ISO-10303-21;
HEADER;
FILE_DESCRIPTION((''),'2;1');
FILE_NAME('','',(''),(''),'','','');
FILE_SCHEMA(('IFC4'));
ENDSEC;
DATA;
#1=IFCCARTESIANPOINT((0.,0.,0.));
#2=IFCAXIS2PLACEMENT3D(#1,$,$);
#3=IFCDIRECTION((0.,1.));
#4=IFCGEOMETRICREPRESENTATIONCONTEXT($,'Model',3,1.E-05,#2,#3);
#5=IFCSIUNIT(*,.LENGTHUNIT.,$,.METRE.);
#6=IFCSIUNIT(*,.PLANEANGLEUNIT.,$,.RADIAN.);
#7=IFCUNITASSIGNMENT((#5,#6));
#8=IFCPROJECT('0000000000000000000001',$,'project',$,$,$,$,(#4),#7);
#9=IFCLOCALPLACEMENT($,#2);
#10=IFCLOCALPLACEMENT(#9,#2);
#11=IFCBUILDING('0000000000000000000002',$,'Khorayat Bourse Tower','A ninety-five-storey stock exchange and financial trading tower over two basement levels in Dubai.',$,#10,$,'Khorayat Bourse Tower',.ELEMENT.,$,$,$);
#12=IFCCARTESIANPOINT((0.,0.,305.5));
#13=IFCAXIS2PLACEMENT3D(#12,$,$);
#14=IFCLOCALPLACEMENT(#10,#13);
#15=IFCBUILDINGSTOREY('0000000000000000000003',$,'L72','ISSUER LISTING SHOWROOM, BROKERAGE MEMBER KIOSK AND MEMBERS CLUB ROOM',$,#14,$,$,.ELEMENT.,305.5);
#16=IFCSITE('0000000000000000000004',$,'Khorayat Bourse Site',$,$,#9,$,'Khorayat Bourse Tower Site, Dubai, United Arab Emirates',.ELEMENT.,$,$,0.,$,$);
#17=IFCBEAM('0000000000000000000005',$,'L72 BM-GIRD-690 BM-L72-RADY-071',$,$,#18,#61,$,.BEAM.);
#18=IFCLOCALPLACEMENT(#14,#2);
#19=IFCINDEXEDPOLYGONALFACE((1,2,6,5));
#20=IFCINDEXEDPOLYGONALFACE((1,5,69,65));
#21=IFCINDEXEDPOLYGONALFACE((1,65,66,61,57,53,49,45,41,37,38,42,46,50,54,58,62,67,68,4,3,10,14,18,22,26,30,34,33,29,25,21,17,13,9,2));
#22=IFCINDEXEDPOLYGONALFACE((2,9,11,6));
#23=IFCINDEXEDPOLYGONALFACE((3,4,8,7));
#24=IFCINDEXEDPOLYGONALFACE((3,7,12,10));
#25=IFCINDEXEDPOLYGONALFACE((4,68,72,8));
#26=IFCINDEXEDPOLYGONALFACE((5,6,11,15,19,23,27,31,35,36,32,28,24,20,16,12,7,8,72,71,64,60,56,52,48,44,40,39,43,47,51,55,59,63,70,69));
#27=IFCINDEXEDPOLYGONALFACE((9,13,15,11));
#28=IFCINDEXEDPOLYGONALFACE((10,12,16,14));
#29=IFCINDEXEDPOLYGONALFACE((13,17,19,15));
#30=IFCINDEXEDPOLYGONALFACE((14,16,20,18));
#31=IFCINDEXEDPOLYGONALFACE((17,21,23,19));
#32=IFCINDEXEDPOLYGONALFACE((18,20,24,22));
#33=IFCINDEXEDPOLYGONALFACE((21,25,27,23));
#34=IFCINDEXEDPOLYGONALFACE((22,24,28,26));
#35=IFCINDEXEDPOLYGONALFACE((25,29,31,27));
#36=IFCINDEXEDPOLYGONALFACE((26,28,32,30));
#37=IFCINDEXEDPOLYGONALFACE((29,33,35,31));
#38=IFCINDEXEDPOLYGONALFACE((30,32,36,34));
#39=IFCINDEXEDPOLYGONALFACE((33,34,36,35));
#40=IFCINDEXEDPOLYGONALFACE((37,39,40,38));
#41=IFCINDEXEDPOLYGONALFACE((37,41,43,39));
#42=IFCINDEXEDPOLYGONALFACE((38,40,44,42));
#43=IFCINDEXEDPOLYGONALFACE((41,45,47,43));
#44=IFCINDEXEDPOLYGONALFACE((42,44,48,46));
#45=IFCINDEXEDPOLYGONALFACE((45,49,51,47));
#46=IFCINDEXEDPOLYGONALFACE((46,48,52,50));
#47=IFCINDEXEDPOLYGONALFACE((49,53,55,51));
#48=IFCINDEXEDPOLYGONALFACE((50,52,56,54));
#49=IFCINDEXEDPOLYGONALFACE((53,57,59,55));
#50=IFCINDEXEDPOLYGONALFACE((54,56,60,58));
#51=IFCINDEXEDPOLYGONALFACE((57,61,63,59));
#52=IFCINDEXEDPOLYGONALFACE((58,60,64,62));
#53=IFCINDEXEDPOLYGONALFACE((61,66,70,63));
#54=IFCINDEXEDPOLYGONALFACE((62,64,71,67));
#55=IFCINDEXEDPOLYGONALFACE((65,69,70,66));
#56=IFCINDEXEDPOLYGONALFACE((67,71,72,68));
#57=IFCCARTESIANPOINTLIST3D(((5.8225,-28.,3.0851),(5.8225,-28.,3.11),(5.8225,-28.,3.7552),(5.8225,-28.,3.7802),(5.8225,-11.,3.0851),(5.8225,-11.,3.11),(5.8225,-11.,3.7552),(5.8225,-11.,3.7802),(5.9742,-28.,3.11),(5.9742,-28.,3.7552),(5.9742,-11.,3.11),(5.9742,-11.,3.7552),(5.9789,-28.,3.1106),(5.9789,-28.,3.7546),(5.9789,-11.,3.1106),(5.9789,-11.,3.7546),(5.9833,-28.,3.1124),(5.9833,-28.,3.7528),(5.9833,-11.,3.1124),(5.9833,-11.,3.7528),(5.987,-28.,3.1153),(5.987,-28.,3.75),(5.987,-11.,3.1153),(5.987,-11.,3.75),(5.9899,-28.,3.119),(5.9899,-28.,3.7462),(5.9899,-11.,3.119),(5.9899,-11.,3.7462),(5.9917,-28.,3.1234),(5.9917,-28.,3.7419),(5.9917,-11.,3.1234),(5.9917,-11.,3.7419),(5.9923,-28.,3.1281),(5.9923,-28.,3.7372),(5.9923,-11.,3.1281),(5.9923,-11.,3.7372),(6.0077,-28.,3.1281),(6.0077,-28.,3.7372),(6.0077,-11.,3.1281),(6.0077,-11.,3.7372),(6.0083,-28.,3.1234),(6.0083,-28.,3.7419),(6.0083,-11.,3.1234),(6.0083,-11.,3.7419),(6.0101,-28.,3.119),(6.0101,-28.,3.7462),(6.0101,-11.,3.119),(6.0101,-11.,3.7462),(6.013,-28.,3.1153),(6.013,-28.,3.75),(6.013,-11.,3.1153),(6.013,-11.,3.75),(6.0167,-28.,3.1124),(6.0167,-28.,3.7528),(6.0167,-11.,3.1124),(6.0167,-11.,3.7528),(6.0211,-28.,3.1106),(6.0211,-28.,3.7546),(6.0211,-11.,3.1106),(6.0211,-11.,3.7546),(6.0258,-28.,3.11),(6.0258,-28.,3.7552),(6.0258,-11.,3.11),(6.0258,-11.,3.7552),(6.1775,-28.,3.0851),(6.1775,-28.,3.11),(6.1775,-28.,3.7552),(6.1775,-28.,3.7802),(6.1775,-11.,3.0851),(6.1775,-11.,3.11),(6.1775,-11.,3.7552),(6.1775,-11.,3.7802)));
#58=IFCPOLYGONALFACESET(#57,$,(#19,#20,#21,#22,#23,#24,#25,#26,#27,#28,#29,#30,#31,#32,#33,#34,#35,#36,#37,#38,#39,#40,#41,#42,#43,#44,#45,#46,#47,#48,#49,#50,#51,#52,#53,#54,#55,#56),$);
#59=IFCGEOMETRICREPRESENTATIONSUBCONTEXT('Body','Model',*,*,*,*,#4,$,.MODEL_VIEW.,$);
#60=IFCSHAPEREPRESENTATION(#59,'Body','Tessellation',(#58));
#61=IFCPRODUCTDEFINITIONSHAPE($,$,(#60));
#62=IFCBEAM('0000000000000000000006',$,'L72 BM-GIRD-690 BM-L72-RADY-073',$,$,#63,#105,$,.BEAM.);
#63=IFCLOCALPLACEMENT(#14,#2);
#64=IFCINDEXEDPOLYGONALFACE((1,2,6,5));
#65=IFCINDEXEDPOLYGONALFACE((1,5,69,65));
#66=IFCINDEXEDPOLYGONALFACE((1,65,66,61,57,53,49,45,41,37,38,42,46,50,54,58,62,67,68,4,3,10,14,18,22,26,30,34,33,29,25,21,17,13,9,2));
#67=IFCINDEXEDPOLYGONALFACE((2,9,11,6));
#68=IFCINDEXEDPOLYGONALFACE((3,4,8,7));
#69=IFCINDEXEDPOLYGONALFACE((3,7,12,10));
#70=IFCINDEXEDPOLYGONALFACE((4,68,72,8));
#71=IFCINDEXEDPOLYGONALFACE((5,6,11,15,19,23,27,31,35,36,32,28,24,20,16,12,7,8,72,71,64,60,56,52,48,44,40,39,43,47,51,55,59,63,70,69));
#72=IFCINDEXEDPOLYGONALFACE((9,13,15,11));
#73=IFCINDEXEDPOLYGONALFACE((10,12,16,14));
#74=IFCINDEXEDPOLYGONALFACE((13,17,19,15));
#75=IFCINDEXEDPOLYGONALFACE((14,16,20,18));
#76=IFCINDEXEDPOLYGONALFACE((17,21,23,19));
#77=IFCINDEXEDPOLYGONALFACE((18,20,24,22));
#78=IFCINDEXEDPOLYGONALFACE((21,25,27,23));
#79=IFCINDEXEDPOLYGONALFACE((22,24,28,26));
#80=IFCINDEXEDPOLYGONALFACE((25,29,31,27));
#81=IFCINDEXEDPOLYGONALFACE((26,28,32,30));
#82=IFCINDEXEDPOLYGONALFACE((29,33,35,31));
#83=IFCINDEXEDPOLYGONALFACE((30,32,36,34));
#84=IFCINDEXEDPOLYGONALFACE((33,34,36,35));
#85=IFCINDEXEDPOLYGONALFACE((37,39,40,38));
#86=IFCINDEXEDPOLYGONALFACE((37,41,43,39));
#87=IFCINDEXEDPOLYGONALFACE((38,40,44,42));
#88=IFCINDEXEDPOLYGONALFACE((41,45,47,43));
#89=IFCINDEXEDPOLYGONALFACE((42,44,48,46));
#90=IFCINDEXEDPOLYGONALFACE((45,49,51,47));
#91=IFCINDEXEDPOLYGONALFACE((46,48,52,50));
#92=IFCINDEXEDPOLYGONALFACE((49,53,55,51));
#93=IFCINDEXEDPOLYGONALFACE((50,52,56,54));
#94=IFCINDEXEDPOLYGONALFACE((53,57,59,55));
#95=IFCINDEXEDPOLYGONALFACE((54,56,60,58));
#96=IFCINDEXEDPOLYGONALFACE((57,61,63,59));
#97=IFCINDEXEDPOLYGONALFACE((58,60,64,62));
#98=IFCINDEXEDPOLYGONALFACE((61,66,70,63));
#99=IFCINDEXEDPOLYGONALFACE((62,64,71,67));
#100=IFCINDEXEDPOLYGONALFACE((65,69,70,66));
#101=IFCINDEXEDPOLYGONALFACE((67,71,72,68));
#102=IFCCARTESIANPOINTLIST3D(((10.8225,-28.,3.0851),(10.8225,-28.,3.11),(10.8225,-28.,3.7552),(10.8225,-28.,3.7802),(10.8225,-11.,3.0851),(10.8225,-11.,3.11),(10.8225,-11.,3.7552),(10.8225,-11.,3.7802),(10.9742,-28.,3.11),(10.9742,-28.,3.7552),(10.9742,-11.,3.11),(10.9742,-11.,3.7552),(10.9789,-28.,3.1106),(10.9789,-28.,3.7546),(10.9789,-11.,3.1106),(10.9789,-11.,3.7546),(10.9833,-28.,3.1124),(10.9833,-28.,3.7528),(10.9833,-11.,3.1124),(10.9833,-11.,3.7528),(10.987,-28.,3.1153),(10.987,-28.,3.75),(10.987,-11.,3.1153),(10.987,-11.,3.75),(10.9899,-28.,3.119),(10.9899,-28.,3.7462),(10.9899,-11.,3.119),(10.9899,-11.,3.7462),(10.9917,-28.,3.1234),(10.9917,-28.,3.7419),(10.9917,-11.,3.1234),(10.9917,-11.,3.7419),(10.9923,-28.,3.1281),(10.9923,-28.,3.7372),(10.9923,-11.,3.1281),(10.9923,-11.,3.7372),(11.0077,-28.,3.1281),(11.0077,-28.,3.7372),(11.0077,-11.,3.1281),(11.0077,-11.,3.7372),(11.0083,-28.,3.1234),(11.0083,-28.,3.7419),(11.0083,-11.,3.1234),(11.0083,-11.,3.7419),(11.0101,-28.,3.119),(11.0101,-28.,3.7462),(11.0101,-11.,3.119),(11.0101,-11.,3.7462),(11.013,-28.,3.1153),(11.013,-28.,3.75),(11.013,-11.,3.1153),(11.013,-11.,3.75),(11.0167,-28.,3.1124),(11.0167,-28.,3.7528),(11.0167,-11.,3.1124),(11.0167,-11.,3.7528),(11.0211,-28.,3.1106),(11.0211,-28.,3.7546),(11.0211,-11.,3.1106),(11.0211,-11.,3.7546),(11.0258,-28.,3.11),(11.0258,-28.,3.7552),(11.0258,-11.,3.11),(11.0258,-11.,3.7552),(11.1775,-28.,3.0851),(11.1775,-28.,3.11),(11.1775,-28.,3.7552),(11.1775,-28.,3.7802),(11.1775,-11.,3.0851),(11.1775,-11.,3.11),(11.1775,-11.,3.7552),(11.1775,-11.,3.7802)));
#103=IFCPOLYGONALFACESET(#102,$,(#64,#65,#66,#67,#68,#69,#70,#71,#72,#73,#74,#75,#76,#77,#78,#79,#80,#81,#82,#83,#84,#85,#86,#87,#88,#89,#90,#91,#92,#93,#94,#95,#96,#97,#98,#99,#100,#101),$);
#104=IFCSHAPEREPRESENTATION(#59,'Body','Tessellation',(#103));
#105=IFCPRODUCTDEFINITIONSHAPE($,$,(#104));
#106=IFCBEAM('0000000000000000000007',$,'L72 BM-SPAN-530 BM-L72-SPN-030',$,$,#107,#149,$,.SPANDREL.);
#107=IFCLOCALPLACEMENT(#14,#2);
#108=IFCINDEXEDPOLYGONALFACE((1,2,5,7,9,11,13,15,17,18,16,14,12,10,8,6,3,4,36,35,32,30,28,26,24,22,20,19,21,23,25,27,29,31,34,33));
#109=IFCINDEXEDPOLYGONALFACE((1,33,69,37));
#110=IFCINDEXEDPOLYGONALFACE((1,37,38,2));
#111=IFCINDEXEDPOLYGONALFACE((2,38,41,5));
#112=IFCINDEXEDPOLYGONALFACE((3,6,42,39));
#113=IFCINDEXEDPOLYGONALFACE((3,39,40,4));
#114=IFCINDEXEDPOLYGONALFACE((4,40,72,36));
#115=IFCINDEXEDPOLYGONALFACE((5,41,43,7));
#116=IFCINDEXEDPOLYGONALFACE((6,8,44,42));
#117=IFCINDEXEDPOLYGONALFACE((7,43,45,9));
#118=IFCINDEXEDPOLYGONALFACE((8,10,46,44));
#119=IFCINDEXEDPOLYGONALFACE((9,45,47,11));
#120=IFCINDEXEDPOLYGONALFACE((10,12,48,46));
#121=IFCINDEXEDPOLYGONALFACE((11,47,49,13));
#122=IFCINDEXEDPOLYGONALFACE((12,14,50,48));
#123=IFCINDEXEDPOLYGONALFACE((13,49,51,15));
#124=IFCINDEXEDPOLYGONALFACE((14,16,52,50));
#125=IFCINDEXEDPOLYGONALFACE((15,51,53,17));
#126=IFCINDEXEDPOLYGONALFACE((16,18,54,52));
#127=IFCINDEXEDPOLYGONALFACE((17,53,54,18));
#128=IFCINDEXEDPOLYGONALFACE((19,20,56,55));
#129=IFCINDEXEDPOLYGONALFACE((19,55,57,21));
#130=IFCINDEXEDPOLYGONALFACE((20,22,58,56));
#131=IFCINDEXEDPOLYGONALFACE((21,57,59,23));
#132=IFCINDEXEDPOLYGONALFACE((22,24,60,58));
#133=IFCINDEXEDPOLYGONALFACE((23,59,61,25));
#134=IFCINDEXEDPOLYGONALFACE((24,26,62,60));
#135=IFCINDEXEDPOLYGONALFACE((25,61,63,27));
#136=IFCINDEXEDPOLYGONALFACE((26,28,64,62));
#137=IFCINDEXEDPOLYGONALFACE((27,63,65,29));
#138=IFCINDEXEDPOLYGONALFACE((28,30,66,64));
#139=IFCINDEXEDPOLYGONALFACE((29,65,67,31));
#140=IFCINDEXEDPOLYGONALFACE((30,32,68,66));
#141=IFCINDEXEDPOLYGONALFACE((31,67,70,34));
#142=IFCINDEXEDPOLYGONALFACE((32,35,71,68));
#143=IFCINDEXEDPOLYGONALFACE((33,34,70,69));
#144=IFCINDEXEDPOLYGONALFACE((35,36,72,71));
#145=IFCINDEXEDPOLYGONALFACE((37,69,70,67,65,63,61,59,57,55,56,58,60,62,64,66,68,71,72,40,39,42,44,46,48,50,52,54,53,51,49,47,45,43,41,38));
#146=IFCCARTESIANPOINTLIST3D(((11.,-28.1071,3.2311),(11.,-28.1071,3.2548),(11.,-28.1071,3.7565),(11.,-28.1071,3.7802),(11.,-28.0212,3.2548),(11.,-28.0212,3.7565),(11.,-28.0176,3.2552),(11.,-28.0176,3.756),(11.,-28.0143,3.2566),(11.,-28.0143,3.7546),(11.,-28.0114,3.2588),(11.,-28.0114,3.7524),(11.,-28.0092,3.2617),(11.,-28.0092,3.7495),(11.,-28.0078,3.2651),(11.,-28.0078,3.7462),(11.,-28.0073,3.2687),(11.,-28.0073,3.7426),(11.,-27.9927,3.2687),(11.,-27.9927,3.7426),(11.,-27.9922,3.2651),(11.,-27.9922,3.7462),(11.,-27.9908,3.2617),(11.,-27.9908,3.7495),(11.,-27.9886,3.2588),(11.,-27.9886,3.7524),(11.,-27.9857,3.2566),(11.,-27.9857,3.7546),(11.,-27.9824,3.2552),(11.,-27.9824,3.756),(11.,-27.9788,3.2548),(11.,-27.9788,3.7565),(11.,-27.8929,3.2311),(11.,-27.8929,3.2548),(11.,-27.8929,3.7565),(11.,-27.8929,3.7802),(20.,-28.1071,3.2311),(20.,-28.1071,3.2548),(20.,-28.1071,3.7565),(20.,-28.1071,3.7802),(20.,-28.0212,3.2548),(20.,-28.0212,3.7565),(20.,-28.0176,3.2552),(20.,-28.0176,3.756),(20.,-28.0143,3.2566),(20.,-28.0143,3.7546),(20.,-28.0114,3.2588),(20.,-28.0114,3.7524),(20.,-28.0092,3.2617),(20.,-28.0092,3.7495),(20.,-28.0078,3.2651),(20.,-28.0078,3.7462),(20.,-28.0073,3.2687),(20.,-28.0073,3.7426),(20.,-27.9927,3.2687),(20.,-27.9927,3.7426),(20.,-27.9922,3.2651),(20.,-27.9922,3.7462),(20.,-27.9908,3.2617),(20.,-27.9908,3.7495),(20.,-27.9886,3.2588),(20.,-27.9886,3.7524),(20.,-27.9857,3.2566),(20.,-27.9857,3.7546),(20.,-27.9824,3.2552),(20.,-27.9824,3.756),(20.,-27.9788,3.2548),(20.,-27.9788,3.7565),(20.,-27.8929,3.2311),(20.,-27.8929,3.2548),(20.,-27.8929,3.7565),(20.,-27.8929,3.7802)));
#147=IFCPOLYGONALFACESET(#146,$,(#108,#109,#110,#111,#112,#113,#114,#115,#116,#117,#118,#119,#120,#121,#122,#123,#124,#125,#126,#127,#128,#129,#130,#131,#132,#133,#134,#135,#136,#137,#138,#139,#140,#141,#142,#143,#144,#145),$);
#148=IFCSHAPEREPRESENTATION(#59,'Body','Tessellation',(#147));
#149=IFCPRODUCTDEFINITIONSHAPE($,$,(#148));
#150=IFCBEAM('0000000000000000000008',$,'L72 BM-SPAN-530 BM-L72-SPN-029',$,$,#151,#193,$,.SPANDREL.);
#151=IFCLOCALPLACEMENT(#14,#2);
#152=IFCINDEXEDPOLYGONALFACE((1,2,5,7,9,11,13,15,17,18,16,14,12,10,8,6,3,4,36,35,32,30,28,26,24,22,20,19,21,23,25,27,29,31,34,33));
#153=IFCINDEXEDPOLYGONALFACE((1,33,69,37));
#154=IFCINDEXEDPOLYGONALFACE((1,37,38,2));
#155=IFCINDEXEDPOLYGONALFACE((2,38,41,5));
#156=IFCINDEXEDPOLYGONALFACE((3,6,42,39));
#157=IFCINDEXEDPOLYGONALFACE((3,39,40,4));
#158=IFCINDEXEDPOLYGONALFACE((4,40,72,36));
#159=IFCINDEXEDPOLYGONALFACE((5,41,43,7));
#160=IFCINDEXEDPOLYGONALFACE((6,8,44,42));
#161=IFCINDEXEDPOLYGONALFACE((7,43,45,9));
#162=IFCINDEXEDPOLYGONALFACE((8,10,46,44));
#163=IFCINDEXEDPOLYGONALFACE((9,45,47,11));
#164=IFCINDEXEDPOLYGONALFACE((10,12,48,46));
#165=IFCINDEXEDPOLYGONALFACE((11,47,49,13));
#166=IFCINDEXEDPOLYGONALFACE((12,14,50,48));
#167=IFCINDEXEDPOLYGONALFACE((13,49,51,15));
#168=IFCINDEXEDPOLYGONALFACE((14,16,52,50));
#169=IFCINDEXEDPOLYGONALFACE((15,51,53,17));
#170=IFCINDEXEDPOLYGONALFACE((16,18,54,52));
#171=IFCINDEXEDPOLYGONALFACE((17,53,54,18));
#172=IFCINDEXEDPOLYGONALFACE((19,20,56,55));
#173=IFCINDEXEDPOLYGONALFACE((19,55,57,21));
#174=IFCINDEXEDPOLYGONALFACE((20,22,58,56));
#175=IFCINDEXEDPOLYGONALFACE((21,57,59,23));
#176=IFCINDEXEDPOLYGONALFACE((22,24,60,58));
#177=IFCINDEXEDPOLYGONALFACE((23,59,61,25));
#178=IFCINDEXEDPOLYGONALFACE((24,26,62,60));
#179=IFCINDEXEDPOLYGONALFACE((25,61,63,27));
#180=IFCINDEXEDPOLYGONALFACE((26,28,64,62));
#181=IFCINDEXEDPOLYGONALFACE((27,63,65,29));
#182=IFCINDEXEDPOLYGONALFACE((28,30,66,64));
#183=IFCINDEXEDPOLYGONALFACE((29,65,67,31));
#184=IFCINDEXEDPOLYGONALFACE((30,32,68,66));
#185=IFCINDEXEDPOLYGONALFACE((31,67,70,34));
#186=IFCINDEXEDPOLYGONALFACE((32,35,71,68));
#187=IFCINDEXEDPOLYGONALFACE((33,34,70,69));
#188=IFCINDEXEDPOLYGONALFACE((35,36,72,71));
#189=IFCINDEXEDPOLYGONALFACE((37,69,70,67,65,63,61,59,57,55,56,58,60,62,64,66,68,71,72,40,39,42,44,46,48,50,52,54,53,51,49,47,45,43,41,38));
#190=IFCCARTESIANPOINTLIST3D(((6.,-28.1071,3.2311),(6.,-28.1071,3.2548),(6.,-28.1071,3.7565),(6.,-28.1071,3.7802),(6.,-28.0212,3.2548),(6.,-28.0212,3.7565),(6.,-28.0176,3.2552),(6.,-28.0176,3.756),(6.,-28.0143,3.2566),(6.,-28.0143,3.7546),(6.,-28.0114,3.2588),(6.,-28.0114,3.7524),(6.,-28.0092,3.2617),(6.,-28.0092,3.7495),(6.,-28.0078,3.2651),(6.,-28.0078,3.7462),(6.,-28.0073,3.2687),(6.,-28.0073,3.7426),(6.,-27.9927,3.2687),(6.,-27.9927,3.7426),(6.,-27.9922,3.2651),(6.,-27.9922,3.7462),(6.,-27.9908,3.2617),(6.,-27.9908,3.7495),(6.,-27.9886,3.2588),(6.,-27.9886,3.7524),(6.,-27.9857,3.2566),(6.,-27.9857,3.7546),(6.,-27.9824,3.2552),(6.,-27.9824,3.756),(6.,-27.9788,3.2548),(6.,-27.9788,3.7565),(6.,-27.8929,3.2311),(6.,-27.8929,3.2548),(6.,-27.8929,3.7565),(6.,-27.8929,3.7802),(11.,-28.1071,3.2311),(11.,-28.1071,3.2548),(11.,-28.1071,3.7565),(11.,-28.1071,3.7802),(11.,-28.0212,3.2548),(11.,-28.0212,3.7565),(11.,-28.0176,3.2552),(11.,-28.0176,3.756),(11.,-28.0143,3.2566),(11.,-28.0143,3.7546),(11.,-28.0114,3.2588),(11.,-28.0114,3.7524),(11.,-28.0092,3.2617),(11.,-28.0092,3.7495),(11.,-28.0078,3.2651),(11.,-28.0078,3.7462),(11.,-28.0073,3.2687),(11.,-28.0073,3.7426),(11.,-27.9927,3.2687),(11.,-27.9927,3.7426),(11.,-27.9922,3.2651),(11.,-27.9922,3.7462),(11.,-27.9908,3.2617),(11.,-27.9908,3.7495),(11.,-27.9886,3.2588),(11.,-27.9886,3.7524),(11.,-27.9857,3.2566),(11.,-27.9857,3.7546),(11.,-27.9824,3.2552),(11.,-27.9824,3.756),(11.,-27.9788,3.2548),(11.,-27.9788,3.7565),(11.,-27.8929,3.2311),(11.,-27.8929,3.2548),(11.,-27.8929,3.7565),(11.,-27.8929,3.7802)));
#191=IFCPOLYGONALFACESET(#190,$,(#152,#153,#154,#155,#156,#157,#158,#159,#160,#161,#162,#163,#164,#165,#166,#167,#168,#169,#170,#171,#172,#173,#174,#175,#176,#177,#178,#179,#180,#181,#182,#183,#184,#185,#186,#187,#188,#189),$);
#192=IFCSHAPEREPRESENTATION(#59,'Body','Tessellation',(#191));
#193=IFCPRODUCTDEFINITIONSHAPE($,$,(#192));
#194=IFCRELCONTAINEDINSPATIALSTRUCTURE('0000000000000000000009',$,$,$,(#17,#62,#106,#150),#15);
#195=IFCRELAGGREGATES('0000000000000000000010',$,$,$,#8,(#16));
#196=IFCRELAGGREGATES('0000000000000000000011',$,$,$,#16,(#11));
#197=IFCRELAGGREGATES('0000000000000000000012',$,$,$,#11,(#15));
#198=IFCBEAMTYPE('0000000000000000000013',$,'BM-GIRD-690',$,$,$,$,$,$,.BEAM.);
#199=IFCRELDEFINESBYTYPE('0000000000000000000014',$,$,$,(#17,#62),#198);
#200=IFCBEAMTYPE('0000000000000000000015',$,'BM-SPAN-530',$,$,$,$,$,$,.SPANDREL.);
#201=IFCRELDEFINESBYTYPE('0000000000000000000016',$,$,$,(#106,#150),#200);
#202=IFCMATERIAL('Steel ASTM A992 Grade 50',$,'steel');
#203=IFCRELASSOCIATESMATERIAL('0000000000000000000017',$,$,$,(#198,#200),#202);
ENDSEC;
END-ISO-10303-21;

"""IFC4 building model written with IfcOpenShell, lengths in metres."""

from ifc_helpers import new_model, si_unit, direction, frame, origin, origin_2d, place, context, subcontext, project, spatial, i_section, extrude, source, transform, mapped, material, material_profile, profile_set, type_object, element, save


model = new_model("IFC4")

# Units and contexts
model_context = context("Model", 3, precision=1e-05, world=origin(), true_north=direction((0.0, 1.0)))
body_context = subcontext(model_context, "Body", "Model", "MODEL_VIEW")
ifc_project = project(units=[si_unit("LENGTHUNIT", "METRE"), si_unit("PLANEANGLEUNIT", "RADIAN")], contexts=[model_context])

# Site, building, storey
site_placement = place(None, origin())
site = spatial("IfcSite", under=ifc_project, at=site_placement, Name="Khorayat Bourse Site", LongName="Khorayat Bourse Tower Site, Dubai, United Arab Emirates", CompositionType="ELEMENT", RefElevation=0.0)
building_placement = place(site_placement, origin())
building = spatial("IfcBuilding", under=site, at=building_placement, Name="Khorayat Bourse Tower", Description="A ninety-five-storey stock exchange and financial trading tower over two basement levels in Dubai.", LongName="Khorayat Bourse Tower", CompositionType="ELEMENT")
storey_placement = place(building_placement, frame((0.0, 0.0, 305.5)))
storey = spatial("IfcBuildingStorey", under=building, at=storey_placement, Name="L72", Description="ISSUER LISTING SHOWROOM, BROKERAGE MEMBER KIOSK AND MEMBERS CLUB ROOM", CompositionType="ELEMENT", Elevation=305.5)

# Shared definitions
ifc_material_1 = material(Name="Steel ASTM A992 Grade 50", Category="steel")
ifc_material_profile_1 = material_profile(ifc_material_1, i_section(OverallWidth=0.355, OverallDepth=0.6951, WebThickness=0.0154, FlangeThickness=0.0249, FilletRadius=0.0181, at=origin_2d()), Name="W690X217")
ifc_profile_set_1 = profile_set([ifc_material_profile_1], Name="Steel ASTM A992 Grade 50")
beam_type_1 = type_object("IfcBeamType", Name="BM-GIRD-690", PredefinedType="BEAM", material=ifc_profile_set_1)

# Beams
shared_shape_1 = source(origin(), body_context, "Body", "SweptSolid", [
    extrude(i_section(OverallWidth=0.355, OverallDepth=0.6951, WebThickness=0.0154, FlangeThickness=0.0249, FilletRadius=0.0181, at=origin_2d()), origin(), (0.0, 0.0, 1.0), 17.0),
])
for number, where, z_axis, x_axis, name in (
    (1, (6.0, -28.0, 3.4326), (0.0, 1.0, 0.0), (-1.0, 0.0, 0.0), "L72 BM-GIRD-690 BM-L72-RADY-071"),
    (2, (11.0, -28.0, 3.4326), (0.0, 1.0, 0.0), (-1.0, 0.0, 0.0), "L72 BM-GIRD-690 BM-L72-RADY-073"),
):
    element("IfcBeam", number, at=place(storey_placement, frame(where, z_axis=z_axis, x_axis=x_axis)), inside=storey, type_object=beam_type_1, Name=name, PredefinedType="BEAM", context=body_context, shape_type="MappedRepresentation", body=[
        mapped(shared_shape_1, transform((0.0, 0.0, 0.0), scale=1.0)),
    ])
ifc_material_profile_2 = material_profile(ifc_material_1, i_section(OverallWidth=0.2141, OverallDepth=0.5491, WebThickness=0.0146, FlangeThickness=0.0237, FilletRadius=0.0139, at=origin_2d()), Name="W530X138")
ifc_profile_set_2 = profile_set([ifc_material_profile_2], Name="Steel ASTM A992 Grade 50")
beam_type_2 = type_object("IfcBeamType", Name="BM-SPAN-530", PredefinedType="SPANDREL", material=ifc_profile_set_2)
shared_shape_2 = source(origin(), body_context, "Body", "SweptSolid", [
    extrude(i_section(OverallWidth=0.2141, OverallDepth=0.5491, WebThickness=0.0146, FlangeThickness=0.0237, FilletRadius=0.0139, at=origin_2d()), origin(), (0.0, 0.0, 1.0), 9.0),
])
beam_1_placement = place(storey_placement, frame((11.0, -28.0, 3.5056), z_axis=(1.0, 0.0, 0.0), x_axis=(0.0, 1.0, 0.0)))
element("IfcBeam", 3, at=beam_1_placement, inside=storey, type_object=beam_type_2, Name="L72 BM-SPAN-530 BM-L72-SPN-030", PredefinedType="SPANDREL", context=body_context, shape_type="MappedRepresentation", body=[
    mapped(shared_shape_2, transform((0.0, 0.0, 0.0), scale=1.0)),
])
shared_shape_3 = source(origin(), body_context, "Body", "SweptSolid", [
    extrude(i_section(OverallWidth=0.2141, OverallDepth=0.5491, WebThickness=0.0146, FlangeThickness=0.0237, FilletRadius=0.0139, at=origin_2d()), origin(), (0.0, 0.0, 1.0), 5.0),
])
beam_2_placement = place(storey_placement, frame((6.0, -28.0, 3.5056), z_axis=(1.0, 0.0, 0.0), x_axis=(0.0, 1.0, 0.0)))
element("IfcBeam", 4, at=beam_2_placement, inside=storey, type_object=beam_type_2, Name="L72 BM-SPAN-530 BM-L72-SPN-029", PredefinedType="SPANDREL", context=body_context, shape_type="MappedRepresentation", body=[
    mapped(shared_shape_3, transform((0.0, 0.0, 0.0), scale=1.0)),
])

save(model, "model.ifc")
